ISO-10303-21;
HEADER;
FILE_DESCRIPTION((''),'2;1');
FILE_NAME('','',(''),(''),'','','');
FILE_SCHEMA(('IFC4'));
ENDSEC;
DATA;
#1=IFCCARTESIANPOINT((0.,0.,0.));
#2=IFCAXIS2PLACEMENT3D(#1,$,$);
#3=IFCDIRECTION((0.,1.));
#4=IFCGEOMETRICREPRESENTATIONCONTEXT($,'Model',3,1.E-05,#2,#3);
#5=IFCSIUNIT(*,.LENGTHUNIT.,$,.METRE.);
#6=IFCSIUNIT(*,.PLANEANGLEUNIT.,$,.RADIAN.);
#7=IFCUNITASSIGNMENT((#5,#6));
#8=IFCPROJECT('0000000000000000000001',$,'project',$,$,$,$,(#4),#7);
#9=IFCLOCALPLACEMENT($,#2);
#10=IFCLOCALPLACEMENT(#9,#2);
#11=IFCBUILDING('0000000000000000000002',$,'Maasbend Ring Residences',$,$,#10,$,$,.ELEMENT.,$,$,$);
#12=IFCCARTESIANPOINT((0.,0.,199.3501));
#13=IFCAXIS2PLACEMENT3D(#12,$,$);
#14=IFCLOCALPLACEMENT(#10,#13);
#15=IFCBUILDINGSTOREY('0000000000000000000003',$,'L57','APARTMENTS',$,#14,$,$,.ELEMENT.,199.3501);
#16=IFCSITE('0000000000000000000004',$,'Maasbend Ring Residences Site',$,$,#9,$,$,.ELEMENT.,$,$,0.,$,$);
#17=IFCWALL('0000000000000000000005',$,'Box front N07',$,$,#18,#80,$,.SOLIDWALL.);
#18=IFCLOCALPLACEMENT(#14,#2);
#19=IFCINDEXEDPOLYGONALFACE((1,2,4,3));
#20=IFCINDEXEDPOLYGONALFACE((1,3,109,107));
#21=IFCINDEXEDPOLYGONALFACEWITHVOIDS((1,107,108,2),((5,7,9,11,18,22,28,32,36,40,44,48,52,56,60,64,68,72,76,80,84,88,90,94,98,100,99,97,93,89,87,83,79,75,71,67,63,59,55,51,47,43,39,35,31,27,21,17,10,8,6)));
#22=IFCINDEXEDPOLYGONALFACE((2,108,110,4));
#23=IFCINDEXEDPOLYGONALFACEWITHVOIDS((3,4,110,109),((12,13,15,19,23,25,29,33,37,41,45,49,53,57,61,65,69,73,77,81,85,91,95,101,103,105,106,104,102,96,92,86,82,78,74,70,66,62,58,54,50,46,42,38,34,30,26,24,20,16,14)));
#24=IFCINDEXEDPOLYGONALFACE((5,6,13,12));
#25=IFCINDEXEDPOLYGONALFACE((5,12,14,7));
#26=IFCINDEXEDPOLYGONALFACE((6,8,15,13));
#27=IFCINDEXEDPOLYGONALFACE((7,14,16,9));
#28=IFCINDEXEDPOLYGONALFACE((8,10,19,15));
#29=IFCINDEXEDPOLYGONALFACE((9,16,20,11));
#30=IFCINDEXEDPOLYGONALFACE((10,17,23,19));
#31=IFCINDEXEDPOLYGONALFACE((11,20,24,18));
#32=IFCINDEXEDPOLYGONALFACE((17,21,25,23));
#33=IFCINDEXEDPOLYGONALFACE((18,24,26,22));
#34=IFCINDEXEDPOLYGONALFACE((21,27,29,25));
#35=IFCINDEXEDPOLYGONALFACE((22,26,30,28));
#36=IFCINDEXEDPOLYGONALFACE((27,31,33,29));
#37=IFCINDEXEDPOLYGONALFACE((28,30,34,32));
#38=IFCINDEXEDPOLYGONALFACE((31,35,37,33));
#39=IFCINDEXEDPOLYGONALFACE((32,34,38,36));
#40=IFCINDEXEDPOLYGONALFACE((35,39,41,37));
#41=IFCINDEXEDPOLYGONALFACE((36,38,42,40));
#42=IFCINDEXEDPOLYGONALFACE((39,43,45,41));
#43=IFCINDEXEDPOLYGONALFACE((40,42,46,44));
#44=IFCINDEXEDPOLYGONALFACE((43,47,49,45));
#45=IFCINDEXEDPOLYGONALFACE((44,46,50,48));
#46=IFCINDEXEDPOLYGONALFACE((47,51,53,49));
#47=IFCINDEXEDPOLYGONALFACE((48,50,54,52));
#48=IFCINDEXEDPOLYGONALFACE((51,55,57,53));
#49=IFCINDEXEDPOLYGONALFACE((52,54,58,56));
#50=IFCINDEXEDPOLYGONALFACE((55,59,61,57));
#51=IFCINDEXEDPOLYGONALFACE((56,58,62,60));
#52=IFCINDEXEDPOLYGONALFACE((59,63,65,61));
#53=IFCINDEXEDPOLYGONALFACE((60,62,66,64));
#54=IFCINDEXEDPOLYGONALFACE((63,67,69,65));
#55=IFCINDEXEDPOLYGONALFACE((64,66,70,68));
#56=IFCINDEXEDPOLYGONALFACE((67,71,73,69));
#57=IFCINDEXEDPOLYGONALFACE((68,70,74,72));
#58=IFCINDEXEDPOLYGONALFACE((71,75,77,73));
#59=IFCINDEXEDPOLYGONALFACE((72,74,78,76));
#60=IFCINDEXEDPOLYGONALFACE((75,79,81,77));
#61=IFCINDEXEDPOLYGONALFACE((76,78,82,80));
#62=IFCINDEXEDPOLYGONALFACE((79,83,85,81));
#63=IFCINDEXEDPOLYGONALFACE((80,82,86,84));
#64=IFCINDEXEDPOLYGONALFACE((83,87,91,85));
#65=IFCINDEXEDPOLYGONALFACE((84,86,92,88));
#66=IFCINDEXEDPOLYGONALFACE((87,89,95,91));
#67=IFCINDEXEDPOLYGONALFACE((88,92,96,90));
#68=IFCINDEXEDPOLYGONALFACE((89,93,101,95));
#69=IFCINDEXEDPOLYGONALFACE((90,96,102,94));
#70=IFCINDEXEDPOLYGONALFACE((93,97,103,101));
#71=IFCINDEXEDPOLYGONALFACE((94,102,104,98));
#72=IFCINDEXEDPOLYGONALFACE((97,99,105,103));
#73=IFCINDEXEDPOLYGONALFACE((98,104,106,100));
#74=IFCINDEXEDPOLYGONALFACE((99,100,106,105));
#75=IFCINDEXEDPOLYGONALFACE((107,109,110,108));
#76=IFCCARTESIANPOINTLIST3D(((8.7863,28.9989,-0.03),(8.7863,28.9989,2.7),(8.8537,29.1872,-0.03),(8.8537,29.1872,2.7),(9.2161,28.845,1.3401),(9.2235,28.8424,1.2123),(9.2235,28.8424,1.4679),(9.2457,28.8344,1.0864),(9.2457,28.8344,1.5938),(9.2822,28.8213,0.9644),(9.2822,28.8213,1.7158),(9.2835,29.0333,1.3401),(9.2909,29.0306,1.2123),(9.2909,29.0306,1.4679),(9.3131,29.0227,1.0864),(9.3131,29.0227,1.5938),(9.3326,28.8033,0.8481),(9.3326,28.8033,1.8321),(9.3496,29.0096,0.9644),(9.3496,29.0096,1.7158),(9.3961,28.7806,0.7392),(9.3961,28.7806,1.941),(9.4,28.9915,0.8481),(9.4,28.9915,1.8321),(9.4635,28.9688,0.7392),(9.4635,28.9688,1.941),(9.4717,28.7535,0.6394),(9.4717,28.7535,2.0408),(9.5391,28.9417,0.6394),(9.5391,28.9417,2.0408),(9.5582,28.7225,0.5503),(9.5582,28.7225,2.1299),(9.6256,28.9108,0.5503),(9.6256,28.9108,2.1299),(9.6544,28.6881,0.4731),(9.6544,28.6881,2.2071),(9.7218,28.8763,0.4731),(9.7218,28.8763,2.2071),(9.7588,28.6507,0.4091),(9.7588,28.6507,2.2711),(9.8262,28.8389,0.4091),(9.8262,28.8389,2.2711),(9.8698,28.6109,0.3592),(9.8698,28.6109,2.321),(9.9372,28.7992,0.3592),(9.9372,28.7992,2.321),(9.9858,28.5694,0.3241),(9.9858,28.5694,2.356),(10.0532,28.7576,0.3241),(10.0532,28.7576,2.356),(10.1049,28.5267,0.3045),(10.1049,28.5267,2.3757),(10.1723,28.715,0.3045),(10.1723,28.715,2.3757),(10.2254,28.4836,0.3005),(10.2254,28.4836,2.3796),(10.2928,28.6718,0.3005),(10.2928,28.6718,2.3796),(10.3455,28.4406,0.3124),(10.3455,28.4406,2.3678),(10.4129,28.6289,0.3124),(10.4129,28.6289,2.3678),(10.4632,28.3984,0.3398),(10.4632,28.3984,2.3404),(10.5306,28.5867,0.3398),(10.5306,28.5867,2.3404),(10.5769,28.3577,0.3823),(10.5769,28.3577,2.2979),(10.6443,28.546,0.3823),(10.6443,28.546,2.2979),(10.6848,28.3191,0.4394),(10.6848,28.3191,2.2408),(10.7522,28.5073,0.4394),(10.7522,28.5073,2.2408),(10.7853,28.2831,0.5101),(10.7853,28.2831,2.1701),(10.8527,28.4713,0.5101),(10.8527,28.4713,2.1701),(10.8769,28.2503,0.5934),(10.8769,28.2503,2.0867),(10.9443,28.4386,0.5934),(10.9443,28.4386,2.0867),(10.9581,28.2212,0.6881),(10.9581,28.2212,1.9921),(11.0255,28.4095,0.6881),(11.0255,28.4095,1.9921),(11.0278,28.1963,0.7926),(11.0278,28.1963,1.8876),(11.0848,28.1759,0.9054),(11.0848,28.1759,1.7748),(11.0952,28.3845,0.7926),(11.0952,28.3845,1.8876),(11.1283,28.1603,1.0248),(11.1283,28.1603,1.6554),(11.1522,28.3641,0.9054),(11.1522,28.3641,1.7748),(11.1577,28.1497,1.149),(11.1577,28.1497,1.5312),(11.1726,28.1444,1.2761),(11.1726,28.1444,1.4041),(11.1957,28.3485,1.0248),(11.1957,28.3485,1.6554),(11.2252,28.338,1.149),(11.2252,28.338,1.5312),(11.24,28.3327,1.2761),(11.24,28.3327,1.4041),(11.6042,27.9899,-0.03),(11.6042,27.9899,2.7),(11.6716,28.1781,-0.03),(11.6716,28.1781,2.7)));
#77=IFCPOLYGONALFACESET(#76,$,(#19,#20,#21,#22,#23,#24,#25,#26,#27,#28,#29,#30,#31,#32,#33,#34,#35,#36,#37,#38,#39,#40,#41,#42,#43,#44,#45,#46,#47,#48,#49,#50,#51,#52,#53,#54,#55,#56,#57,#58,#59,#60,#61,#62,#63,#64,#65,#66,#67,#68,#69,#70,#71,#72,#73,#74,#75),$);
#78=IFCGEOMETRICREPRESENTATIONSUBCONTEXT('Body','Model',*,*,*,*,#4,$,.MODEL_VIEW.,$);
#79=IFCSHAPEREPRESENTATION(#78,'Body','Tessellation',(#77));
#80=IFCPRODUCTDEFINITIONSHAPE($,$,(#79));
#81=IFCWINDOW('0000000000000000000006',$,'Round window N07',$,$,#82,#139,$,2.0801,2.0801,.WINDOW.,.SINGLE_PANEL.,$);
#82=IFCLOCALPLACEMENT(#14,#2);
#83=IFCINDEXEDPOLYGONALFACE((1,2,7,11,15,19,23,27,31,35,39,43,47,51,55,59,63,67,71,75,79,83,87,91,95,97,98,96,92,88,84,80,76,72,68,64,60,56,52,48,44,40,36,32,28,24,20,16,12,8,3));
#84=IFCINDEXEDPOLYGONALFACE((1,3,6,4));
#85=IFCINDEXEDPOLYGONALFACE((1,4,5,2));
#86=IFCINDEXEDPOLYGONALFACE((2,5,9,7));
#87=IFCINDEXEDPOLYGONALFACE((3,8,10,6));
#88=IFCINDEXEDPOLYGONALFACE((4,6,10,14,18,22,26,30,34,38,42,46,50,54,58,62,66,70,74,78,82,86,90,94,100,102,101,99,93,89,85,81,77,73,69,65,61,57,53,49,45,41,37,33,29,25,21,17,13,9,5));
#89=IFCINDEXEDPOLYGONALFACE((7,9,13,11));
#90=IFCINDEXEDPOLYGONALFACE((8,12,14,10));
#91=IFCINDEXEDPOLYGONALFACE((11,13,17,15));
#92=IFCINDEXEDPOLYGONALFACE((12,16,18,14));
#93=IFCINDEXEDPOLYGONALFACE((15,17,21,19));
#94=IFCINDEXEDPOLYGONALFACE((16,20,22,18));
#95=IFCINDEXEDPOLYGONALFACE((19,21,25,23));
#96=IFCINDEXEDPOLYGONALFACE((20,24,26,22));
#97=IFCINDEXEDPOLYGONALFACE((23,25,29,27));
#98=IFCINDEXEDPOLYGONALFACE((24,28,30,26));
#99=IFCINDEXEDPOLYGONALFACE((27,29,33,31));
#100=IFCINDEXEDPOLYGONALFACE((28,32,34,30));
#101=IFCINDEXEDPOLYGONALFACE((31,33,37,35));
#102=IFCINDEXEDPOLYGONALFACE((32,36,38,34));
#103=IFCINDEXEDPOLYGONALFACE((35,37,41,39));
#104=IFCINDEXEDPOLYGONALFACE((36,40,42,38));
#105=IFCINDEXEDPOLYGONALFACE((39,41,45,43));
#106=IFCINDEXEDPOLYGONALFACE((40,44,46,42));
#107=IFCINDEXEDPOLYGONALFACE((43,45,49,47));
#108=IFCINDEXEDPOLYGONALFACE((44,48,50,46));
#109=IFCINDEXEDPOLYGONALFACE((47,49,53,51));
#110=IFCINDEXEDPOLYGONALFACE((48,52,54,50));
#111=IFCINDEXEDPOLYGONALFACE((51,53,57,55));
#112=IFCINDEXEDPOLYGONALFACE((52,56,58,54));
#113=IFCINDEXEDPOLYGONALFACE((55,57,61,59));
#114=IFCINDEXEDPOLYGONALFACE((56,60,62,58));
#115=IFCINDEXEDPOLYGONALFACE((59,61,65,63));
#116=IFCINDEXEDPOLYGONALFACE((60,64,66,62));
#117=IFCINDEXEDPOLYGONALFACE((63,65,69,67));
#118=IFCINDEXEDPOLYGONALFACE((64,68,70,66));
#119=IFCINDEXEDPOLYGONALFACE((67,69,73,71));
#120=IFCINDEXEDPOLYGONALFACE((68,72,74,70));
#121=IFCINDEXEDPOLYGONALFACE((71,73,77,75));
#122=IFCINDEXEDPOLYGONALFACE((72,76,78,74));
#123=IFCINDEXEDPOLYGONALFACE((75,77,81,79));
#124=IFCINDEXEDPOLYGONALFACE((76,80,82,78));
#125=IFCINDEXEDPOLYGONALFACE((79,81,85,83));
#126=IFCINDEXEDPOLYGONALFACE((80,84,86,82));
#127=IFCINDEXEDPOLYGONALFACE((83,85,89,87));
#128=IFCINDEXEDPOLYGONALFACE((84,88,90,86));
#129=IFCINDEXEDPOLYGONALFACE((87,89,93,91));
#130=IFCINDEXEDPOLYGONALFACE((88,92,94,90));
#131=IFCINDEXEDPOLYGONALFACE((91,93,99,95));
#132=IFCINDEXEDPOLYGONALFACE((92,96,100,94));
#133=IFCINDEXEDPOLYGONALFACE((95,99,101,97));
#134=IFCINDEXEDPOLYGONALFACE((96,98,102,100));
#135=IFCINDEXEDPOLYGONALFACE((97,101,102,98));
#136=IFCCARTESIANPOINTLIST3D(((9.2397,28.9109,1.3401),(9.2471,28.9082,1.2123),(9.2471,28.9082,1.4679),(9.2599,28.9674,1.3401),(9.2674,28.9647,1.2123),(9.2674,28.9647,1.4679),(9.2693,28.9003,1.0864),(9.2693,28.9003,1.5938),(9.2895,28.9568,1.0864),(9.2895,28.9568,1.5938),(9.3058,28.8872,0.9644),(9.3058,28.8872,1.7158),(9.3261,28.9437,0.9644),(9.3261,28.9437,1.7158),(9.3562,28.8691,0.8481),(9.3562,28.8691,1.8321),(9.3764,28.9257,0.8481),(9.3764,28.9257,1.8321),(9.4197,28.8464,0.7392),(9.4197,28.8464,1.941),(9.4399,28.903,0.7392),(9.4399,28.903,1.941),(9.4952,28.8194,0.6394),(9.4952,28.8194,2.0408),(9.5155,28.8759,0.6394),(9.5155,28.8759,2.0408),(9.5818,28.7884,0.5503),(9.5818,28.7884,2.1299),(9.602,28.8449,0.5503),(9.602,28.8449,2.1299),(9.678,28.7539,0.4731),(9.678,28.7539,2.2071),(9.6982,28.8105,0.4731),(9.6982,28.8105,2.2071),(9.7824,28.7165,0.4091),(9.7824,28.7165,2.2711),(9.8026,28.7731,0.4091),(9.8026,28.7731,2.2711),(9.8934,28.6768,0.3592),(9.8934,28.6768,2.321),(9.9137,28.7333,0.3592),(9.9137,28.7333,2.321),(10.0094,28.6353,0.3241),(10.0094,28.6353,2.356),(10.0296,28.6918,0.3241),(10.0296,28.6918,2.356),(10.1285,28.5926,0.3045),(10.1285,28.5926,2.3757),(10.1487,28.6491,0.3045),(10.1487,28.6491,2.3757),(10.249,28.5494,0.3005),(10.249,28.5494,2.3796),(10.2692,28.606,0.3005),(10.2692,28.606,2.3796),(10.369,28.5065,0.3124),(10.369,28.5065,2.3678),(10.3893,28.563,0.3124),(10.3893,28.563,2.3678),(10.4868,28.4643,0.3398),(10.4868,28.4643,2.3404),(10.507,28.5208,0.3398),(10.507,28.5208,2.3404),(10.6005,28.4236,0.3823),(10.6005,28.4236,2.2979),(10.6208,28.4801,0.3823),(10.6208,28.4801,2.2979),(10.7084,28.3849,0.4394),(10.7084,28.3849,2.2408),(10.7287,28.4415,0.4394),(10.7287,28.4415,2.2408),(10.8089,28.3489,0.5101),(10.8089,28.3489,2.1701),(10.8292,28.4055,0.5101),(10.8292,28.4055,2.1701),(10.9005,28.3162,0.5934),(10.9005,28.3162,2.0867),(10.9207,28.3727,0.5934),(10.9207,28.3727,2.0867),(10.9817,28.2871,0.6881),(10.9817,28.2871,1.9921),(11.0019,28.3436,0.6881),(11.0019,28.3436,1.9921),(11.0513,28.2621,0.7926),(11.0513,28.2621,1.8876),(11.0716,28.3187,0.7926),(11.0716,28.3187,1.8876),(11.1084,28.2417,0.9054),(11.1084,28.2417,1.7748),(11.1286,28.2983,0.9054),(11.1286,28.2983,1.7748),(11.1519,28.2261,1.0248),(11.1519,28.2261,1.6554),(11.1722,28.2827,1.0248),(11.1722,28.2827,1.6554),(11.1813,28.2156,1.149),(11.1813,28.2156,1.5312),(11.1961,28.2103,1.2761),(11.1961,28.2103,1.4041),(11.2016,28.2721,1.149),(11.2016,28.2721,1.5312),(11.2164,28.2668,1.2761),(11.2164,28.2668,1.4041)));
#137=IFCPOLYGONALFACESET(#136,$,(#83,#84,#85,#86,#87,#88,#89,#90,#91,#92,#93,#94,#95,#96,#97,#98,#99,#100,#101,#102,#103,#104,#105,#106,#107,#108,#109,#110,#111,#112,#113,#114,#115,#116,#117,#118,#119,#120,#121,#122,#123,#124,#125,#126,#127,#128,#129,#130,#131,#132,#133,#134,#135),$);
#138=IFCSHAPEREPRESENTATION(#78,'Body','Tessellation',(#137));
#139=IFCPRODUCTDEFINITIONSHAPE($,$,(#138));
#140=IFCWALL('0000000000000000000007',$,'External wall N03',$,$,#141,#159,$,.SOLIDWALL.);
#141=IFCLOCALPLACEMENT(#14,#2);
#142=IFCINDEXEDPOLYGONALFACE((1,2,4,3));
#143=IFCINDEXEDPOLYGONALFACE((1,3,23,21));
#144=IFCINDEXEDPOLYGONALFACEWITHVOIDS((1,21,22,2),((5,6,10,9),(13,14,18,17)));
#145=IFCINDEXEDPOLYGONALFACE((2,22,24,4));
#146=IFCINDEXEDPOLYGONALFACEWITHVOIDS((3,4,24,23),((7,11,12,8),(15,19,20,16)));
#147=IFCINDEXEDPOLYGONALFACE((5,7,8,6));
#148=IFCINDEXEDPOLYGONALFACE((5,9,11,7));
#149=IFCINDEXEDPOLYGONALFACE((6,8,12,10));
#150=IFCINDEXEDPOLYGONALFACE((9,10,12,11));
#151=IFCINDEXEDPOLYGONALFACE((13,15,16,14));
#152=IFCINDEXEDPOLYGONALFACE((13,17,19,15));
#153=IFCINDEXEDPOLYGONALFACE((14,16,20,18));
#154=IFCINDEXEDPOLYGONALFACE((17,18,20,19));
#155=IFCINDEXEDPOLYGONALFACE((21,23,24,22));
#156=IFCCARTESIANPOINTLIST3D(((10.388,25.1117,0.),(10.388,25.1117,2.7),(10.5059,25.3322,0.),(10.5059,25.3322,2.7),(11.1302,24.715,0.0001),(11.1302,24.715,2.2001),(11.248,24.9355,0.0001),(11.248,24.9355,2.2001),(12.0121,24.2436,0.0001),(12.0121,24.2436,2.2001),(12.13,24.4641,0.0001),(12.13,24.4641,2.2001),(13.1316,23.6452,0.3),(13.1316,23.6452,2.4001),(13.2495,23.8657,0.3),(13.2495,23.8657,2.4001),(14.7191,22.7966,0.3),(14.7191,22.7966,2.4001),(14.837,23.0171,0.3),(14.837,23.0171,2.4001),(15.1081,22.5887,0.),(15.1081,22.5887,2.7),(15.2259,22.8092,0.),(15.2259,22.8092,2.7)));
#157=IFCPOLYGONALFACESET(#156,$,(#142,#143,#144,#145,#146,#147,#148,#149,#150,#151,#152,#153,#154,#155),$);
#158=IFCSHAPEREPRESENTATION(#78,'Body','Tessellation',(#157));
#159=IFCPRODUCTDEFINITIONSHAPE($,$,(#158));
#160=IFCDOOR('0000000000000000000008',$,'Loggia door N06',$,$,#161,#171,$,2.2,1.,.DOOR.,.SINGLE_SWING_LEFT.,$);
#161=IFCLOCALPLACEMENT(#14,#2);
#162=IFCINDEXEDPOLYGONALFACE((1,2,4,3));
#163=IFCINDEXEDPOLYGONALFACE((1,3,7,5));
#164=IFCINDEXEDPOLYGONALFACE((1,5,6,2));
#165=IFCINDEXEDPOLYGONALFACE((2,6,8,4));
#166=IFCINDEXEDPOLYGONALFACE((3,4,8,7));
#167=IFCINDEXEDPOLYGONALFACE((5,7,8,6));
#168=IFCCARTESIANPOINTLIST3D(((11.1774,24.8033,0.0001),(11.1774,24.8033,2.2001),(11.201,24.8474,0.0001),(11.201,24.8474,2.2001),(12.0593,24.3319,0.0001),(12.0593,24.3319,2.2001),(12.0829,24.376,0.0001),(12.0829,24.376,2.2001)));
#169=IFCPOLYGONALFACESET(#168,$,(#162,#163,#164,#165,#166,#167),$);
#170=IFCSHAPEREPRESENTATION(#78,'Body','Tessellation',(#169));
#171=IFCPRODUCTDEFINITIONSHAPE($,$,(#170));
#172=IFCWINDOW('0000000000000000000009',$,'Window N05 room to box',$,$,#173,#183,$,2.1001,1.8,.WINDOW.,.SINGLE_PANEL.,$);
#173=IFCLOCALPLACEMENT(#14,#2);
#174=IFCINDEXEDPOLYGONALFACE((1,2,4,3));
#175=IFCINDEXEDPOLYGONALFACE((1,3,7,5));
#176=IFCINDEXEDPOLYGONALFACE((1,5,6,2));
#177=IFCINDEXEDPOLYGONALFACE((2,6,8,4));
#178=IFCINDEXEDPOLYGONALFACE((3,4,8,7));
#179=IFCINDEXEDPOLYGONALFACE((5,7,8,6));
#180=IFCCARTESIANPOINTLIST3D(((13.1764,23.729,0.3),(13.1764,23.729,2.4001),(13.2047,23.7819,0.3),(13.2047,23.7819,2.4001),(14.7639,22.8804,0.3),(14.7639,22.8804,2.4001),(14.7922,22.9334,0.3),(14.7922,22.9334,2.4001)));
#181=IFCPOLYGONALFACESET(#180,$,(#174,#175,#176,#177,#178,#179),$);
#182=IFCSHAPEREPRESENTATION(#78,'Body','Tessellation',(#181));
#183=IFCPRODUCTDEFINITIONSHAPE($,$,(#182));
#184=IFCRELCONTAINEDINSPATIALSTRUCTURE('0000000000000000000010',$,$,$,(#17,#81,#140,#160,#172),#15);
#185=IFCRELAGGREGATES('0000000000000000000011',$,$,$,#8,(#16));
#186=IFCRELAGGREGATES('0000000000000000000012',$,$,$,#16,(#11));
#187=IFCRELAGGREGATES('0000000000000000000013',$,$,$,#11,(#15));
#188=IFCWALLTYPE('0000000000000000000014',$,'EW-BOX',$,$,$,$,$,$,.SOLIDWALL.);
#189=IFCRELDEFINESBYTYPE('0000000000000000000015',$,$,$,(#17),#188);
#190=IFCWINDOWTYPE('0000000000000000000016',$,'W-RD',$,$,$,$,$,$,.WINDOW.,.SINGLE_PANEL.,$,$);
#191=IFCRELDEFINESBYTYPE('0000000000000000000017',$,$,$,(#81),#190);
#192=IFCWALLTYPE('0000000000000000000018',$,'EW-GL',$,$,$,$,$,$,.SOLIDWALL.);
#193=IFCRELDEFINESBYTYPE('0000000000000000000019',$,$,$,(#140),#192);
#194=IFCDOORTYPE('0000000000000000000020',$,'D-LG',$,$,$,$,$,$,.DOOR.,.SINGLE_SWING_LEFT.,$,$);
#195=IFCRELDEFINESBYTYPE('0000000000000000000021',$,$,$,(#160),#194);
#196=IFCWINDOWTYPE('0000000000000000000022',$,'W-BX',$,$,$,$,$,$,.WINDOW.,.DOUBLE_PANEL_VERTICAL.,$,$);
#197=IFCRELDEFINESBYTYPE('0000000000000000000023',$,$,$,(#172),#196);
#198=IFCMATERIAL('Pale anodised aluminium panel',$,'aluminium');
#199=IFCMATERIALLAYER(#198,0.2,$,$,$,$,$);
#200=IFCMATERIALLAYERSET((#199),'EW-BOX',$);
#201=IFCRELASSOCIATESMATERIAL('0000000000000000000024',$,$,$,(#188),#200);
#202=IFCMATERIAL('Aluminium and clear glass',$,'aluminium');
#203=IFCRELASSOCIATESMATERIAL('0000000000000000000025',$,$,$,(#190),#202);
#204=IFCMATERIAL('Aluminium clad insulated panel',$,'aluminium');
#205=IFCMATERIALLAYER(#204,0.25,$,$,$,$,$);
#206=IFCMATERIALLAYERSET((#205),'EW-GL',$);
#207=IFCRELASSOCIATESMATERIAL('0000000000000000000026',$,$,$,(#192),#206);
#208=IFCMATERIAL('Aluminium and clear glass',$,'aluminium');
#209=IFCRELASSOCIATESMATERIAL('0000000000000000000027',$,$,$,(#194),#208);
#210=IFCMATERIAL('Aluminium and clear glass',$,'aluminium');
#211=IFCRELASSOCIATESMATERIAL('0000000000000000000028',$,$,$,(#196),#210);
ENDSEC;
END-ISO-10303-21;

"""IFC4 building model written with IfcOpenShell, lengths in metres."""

from ifc_helpers import new_model, si_unit, direction, frame, frame_2d, origin, place, context, subcontext, project, spatial, rectangle, circle, extrude, material, layer, layer_set, type_object, element, fill, save


model = new_model("IFC4")

# Units and contexts
model_context = context("Model", 3, precision=1e-05, world=origin(), true_north=direction((0.0, 1.0)))
body_context = subcontext(model_context, "Body", "Model", "MODEL_VIEW")
ifc_project = project(units=[si_unit("LENGTHUNIT", "METRE"), si_unit("PLANEANGLEUNIT", "RADIAN")], contexts=[model_context])

# Site, building, storey
site_placement = place(None, origin())
site = spatial("IfcSite", under=ifc_project, at=site_placement, Name="Maasbend Ring Residences Site", CompositionType="ELEMENT", RefElevation=0.0)
building_placement = place(site_placement, origin())
building = spatial("IfcBuilding", under=site, at=building_placement, Name="Maasbend Ring Residences", CompositionType="ELEMENT")
storey_placement = place(building_placement, frame((0.0, 0.0, 199.3501)))
storey = spatial("IfcBuildingStorey", under=building, at=storey_placement, Name="L57", Description="APARTMENTS", CompositionType="ELEMENT", Elevation=199.3501)

# Shared definitions
ifc_material_1 = material(Name="Pale anodised aluminium panel", Category="aluminium")
ifc_layer_1 = layer(ifc_material_1, 0.2)
ifc_layer_set_1 = layer_set([ifc_layer_1], Name="EW-BOX")
wall_type_1 = type_object("IfcWallType", Name="EW-BOX", PredefinedType="SOLIDWALL", material=ifc_layer_set_1)

# Wall, opening, window
wall_1_placement = place(storey_placement, frame((11.6379, 28.084, -0.03), z_axis=(0.0, 0.0, 1.0), x_axis=(-0.941461, 0.337122, 0.0)))
wall_1 = element("IfcWall", 1, at=wall_1_placement, inside=storey, type_object=wall_type_1, Name="Box front N07", PredefinedType="SOLIDWALL", context=body_context, shape_type="SweptSolid", body=[
    extrude(rectangle(XDim=2.9932, YDim=0.2, at=frame_2d((1.4966, 0.0))), origin(), (0.0, 0.0, 1.0), 2.73),
])
opening_1_placement = place(wall_1_placement, frame((0.4565, 0.0, 0.3301)))
opening_1 = element("IfcOpeningElement", 2, at=opening_1_placement, cuts=wall_1, PredefinedType="OPENING", context=body_context, shape_type="SweptSolid", body=[
    extrude(circle(Radius=1.04, at=frame_2d((1.04, 1.04))), frame((0.0, 0.1099, 0.0), z_axis=(0.0, -1.0, 0.0), x_axis=(1.0, 0.0, 0.0)), (0.0, 0.0, 1.0), 0.22),
])
ifc_material_2 = material(Name="Aluminium and clear glass", Category="aluminium")
window_type_1 = type_object("IfcWindowType", Name="W-RD", PartitioningType="SINGLE_PANEL", PredefinedType="WINDOW", material=ifc_material_2)
window_1_placement = place(opening_1_placement, origin())
window_1 = element("IfcWindow", 3, at=window_1_placement, inside=storey, type_object=window_type_1, Name="Round window N07", OverallHeight=2.0801, OverallWidth=2.0801, PartitioningType="SINGLE_PANEL", PredefinedType="WINDOW", context=body_context, shape_type="SweptSolid", body=[
    extrude(circle(Radius=1.04, at=frame_2d((1.04, 1.04))), frame((0.0, 0.03, 0.0), z_axis=(0.0, -1.0, 0.0), x_axis=(1.0, 0.0, 0.0)), (0.0, 0.0, 1.0), 0.0601),
])
fill(opening_1, window_1)

# Wall, openings, door, window
ifc_material_3 = material(Name="Aluminium clad insulated panel", Category="aluminium")
ifc_layer_2 = layer(ifc_material_3, 0.25)
ifc_layer_set_2 = layer_set([ifc_layer_2], Name="EW-GL")
wall_type_2 = type_object("IfcWallType", Name="EW-GL", PredefinedType="SOLIDWALL", material=ifc_layer_set_2)
wall_2_placement = place(storey_placement, frame((15.167, 22.699, 0.0), z_axis=(0.0, 0.0, 1.0), x_axis=(-0.881916, 0.471407, 0.0)))
wall_2 = element("IfcWall", 4, at=wall_2_placement, inside=storey, type_object=wall_type_2, Name="External wall N03", PredefinedType="SOLIDWALL", context=body_context, shape_type="SweptSolid", body=[
    extrude(rectangle(XDim=5.3521, YDim=0.25, at=frame_2d((2.676, 0.0))), origin(), (0.0, 0.0, 1.0), 2.7),
])
opening_2_placement = place(wall_2_placement, frame((0.4412, 0.0, 0.3)))
opening_2 = element("IfcOpeningElement", 5, at=opening_2_placement, cuts=wall_2, PredefinedType="OPENING", context=body_context, shape_type="SweptSolid", body=[
    extrude(rectangle(XDim=1.8, YDim=2.1001, at=frame_2d((0.8999, 1.05))), frame((0.0, 0.135, 0.0), z_axis=(0.0, -1.0, 0.0), x_axis=(1.0, 0.0, 0.0)), (0.0, 0.0, 1.0), 0.27),
])
opening_3_placement = place(wall_2_placement, frame((3.5105, 0.0, 0.0)))
opening_3 = element("IfcOpeningElement", 6, at=opening_3_placement, cuts=wall_2, PredefinedType="OPENING", context=body_context, shape_type="SweptSolid", body=[
    extrude(rectangle(XDim=1.0, YDim=2.2, at=frame_2d((0.5, 1.1001))), frame((0.0, 0.135, 0.0), z_axis=(0.0, -1.0, 0.0), x_axis=(1.0, 0.0, 0.0)), (0.0, 0.0, 1.0), 0.27),
])
ifc_material_4 = material(Name="Aluminium and clear glass", Category="aluminium")
door_type_1 = type_object("IfcDoorType", Name="D-LG", OperationType="SINGLE_SWING_LEFT", PredefinedType="DOOR", material=ifc_material_4)
door_1_placement = place(opening_3_placement, origin())
door_1 = element("IfcDoor", 7, at=door_1_placement, inside=storey, type_object=door_type_1, Name="Loggia door N06", OperationType="SINGLE_SWING_LEFT", OverallHeight=2.2, OverallWidth=1.0, PredefinedType="DOOR", context=body_context, shape_type="SweptSolid", body=[
    extrude(rectangle(XDim=1.0, YDim=2.2, at=frame_2d((0.5, 1.1001))), frame((0.0, 0.0249, 0.0), z_axis=(0.0, -1.0, 0.0), x_axis=(1.0, 0.0, 0.0)), (0.0, 0.0, 1.0), 0.05),
])
fill(opening_3, door_1)
ifc_material_5 = material(Name="Aluminium and clear glass", Category="aluminium")
window_type_2 = type_object("IfcWindowType", Name="W-BX", PartitioningType="DOUBLE_PANEL_VERTICAL", PredefinedType="WINDOW", material=ifc_material_5)
window_2_placement = place(opening_2_placement, origin())
window_2 = element("IfcWindow", 8, at=window_2_placement, inside=storey, type_object=window_type_2, Name="Window N05 room to box", OverallHeight=2.1001, OverallWidth=1.8, PartitioningType="SINGLE_PANEL", PredefinedType="WINDOW", context=body_context, shape_type="SweptSolid", body=[
    extrude(rectangle(XDim=1.8, YDim=2.1001, at=frame_2d((0.8999, 1.05))), frame((0.0, 0.03, 0.0), z_axis=(0.0, -1.0, 0.0), x_axis=(1.0, 0.0, 0.0)), (0.0, 0.0, 1.0), 0.0601),
])
fill(opening_2, window_2)

save(model, "model.ifc")
